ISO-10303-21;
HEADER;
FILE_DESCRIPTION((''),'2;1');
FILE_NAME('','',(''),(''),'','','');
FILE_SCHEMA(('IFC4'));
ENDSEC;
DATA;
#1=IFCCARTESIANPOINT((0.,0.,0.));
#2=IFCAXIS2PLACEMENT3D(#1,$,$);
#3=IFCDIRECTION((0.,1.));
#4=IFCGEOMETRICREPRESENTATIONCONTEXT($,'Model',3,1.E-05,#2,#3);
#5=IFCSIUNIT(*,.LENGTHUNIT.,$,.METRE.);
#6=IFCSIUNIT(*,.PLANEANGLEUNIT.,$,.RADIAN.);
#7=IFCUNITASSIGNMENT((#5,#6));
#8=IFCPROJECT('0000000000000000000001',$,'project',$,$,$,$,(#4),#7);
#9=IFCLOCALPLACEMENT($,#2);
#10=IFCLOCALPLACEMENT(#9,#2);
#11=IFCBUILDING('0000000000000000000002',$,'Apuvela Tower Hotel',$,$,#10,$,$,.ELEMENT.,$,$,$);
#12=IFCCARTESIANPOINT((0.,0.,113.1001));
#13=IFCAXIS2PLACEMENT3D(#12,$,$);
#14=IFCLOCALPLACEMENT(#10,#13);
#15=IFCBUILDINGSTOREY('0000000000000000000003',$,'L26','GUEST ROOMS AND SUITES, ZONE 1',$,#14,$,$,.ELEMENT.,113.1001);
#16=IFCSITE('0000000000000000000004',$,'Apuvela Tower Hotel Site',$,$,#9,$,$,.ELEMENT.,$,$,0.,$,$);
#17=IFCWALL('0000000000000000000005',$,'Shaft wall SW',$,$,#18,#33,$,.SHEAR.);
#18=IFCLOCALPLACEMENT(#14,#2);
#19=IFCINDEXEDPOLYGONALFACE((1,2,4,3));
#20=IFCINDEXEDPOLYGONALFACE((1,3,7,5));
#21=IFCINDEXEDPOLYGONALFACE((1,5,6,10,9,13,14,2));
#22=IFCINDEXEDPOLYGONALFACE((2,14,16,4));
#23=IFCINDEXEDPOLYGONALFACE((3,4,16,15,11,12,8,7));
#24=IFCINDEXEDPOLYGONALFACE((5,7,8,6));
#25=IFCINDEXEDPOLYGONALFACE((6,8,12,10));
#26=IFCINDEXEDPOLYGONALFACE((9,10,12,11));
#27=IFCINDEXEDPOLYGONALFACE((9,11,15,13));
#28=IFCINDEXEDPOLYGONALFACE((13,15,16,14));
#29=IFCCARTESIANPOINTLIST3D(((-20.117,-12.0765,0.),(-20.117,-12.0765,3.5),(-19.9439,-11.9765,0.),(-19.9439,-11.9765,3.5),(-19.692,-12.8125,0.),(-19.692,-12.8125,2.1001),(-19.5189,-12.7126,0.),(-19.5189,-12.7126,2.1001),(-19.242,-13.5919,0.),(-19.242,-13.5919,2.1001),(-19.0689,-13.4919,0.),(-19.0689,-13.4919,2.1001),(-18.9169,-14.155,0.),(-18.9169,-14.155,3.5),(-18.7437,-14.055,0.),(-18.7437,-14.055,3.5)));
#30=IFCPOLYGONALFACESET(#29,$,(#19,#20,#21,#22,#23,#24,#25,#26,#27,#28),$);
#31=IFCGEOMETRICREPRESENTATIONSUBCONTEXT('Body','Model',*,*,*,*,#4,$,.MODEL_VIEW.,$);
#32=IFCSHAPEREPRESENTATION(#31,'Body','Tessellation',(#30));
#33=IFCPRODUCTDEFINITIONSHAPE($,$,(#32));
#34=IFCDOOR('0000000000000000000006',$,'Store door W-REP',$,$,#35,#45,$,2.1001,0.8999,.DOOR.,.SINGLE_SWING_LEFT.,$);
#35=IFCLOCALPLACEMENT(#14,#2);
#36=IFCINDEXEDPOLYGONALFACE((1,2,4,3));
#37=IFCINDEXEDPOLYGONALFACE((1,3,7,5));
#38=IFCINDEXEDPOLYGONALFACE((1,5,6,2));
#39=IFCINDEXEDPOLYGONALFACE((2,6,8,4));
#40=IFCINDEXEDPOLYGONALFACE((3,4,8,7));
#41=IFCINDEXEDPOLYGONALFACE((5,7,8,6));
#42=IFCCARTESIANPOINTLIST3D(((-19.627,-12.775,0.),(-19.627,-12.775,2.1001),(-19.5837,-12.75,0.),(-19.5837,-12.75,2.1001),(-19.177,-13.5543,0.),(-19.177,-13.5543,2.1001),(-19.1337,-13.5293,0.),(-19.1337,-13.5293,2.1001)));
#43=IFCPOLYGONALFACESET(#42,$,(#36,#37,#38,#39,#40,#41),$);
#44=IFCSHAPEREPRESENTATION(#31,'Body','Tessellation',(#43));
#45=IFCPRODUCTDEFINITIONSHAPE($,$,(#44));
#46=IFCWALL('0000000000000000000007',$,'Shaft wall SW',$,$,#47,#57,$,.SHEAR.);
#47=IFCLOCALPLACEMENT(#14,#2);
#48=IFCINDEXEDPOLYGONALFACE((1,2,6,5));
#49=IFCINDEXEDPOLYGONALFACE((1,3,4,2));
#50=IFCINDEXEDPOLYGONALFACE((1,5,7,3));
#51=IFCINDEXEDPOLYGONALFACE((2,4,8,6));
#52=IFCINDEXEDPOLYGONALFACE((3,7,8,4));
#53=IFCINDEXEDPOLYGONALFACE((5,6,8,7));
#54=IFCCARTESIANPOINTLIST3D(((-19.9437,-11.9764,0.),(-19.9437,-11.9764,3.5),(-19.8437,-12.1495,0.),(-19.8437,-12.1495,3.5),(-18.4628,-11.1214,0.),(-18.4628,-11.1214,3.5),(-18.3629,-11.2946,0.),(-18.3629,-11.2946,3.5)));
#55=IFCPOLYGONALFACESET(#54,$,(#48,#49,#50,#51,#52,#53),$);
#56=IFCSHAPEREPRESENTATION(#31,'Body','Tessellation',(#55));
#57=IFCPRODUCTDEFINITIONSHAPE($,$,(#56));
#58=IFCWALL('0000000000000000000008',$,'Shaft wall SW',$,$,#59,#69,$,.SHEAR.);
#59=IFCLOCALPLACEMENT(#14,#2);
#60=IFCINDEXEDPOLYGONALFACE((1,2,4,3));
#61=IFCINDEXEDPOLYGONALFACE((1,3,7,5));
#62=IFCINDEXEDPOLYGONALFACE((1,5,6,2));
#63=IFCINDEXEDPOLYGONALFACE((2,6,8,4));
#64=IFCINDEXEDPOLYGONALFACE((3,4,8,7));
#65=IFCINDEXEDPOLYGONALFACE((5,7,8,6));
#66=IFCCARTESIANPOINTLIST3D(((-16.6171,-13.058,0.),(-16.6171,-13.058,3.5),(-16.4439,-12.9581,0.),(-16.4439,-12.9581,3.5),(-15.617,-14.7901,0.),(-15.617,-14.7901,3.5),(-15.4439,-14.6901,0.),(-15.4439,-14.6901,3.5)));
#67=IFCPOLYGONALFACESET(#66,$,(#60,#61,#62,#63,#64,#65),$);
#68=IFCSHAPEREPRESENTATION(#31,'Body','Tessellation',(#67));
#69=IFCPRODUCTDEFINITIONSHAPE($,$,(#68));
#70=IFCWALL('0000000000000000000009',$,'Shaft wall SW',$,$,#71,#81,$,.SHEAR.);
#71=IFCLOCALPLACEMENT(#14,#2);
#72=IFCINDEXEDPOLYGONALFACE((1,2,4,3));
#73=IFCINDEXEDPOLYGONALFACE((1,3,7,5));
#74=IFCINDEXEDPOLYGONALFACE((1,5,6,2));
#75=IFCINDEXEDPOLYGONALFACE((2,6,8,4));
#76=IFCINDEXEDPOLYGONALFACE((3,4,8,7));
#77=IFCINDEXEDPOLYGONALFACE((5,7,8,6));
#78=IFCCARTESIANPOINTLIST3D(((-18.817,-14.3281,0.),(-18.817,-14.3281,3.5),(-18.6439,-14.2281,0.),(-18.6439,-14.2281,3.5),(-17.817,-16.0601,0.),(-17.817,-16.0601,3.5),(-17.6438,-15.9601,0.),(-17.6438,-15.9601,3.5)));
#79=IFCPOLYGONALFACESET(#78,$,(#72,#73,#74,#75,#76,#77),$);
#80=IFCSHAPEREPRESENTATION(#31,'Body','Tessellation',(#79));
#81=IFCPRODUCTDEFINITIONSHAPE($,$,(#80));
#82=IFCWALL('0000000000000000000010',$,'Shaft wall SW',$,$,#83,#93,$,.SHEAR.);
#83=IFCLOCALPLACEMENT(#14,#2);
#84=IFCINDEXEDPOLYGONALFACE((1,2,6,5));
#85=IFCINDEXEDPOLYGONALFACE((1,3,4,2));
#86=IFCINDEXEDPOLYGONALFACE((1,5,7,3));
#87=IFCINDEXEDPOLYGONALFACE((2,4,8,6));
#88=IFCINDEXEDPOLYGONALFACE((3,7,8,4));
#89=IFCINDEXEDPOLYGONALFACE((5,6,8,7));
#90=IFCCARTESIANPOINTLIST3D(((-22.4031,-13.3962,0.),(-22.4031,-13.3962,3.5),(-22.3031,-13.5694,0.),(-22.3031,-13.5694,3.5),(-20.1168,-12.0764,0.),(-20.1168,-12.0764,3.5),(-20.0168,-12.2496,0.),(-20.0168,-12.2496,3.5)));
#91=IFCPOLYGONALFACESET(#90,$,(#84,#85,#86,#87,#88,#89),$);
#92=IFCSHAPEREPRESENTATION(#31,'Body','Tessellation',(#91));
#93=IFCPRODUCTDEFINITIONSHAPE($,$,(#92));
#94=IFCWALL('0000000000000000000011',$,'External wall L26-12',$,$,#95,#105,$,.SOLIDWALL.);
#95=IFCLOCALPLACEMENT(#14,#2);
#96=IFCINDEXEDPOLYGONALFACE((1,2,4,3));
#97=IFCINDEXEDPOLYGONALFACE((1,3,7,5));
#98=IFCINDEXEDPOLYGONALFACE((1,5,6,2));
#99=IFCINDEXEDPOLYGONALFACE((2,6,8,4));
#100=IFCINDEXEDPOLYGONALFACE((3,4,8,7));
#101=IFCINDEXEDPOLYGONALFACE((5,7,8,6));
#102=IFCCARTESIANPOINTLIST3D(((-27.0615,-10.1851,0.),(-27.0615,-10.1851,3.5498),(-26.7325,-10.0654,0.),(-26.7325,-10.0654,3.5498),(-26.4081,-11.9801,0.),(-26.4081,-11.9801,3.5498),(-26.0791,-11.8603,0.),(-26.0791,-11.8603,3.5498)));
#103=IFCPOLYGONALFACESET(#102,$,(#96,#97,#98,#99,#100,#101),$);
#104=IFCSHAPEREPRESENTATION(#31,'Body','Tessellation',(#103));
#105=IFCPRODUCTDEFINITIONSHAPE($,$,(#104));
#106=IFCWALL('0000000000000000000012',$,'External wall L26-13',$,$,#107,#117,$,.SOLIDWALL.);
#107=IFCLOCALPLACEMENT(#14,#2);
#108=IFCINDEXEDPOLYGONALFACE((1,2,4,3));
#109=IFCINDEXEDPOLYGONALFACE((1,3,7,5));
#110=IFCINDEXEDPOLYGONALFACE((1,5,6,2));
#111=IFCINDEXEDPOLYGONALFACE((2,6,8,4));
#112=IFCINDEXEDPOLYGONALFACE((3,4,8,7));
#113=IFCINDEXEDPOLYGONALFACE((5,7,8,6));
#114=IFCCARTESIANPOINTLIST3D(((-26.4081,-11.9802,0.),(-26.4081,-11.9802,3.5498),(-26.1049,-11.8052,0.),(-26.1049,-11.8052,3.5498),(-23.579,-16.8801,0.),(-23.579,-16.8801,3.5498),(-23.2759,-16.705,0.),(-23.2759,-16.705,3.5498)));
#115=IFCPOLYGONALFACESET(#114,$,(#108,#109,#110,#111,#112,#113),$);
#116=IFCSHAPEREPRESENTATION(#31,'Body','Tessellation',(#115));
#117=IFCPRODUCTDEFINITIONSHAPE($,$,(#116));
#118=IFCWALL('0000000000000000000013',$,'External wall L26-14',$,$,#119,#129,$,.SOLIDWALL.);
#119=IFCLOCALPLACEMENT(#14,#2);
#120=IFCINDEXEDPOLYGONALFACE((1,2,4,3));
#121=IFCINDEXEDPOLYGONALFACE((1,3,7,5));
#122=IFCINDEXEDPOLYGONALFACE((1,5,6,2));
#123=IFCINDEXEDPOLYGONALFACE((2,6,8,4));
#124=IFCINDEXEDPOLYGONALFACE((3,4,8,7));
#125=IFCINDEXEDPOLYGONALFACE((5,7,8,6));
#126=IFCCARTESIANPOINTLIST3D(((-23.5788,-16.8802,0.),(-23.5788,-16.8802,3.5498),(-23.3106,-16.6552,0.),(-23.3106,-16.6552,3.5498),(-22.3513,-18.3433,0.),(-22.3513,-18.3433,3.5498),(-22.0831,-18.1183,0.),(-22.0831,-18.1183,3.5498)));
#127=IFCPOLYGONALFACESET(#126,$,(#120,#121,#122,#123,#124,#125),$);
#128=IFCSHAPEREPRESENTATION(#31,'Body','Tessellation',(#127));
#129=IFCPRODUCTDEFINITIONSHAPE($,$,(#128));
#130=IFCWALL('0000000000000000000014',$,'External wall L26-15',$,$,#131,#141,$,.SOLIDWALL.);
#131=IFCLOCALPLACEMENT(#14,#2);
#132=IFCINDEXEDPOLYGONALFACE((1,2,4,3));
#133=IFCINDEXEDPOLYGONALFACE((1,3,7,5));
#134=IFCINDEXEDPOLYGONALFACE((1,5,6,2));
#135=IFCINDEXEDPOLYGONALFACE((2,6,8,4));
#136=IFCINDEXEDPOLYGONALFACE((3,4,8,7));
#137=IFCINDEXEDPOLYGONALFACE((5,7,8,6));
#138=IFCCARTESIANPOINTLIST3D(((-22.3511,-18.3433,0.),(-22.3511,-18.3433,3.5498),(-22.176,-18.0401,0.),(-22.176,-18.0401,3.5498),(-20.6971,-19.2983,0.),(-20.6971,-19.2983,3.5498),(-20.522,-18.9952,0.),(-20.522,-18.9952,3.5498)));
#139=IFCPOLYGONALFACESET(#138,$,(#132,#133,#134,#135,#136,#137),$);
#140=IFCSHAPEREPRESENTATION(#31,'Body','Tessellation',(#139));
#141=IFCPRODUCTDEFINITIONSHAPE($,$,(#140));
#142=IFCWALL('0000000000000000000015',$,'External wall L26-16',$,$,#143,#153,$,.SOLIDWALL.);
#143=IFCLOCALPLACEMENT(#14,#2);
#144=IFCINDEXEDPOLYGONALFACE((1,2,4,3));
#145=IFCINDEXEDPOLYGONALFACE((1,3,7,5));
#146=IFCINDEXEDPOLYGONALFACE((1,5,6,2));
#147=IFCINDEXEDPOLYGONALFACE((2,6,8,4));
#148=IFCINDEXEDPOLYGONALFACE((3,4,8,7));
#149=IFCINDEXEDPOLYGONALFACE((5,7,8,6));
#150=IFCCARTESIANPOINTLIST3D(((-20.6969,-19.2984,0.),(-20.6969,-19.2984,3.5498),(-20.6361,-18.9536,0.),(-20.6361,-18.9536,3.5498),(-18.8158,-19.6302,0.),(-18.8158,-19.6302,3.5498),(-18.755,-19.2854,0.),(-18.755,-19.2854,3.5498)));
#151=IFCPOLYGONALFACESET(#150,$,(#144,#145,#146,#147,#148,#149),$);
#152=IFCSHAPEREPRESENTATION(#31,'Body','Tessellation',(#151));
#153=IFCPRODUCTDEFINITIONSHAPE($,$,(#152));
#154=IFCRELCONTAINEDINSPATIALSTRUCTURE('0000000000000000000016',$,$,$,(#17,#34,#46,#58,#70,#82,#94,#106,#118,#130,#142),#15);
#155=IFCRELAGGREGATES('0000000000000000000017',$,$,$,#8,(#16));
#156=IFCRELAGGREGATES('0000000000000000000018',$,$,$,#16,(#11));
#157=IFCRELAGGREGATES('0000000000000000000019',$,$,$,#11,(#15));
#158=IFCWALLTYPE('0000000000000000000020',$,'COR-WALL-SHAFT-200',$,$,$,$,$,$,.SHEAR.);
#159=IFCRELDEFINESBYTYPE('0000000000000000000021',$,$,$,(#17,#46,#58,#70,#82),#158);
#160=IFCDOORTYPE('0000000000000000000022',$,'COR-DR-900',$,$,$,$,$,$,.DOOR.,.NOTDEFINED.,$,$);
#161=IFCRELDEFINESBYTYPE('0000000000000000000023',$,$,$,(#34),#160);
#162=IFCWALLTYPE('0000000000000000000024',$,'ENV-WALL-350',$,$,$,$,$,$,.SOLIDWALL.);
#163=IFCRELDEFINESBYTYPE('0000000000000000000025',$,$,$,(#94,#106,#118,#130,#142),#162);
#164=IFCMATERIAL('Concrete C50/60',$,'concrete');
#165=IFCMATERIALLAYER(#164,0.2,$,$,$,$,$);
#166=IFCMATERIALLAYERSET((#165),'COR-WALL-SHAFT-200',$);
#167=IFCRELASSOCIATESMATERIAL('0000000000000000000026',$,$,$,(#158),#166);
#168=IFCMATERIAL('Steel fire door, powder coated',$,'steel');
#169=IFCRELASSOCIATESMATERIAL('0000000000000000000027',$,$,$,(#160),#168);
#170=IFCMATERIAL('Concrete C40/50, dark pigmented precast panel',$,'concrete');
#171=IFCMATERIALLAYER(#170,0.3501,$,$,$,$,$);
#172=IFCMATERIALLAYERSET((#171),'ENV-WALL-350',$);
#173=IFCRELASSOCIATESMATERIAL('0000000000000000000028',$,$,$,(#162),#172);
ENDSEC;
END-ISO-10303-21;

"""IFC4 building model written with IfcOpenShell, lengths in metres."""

from ifc_helpers import new_model, si_unit, direction, frame, frame_2d, origin, place, context, subcontext, project, spatial, rectangle, extrude, material, layer, layer_set, type_object, element, fill, save


model = new_model("IFC4")

# Units and contexts
model_context = context("Model", 3, precision=1e-05, world=origin(), true_north=direction((0.0, 1.0)))
body_context = subcontext(model_context, "Body", "Model", "MODEL_VIEW")
ifc_project = project(units=[si_unit("LENGTHUNIT", "METRE"), si_unit("PLANEANGLEUNIT", "RADIAN")], contexts=[model_context])

# Site, building, storey
site_placement = place(None, origin())
site = spatial("IfcSite", under=ifc_project, at=site_placement, Name="Apuvela Tower Hotel Site", CompositionType="ELEMENT", RefElevation=0.0)
building_placement = place(site_placement, origin())
building = spatial("IfcBuilding", under=site, at=building_placement, Name="Apuvela Tower Hotel", CompositionType="ELEMENT")
storey_placement = place(building_placement, frame((0.0, 0.0, 113.1001)))
storey = spatial("IfcBuildingStorey", under=building, at=storey_placement, Name="L26", Description="GUEST ROOMS AND SUITES, ZONE 1", CompositionType="ELEMENT", Elevation=113.1001)

# Wall, opening, door
ifc_material_1 = material(Name="Concrete C50/60", Category="concrete")
ifc_layer_1 = layer(ifc_material_1, 0.2)
ifc_layer_set_1 = layer_set([ifc_layer_1], Name="COR-WALL-SHAFT-200")
wall_type_1 = type_object("IfcWallType", Name="COR-WALL-SHAFT-200", PredefinedType="SHEAR", material=ifc_layer_set_1)
wall_1_placement = place(storey_placement, frame((-20.0305, -12.0264, 0.0), z_axis=(0.0, 0.0, 1.0), x_axis=(0.500034, -0.866006, 0.0)))
wall_1 = element("IfcWall", 1, at=wall_1_placement, inside=storey, type_object=wall_type_1, Name="Shaft wall SW", PredefinedType="SHEAR", context=body_context, shape_type="SweptSolid", body=[
    extrude(rectangle(XDim=2.4001, YDim=0.2, at=frame_2d((1.2002, 0.0))), origin(), (0.0, 0.0, 1.0), 3.5),
])
opening_1_placement = place(wall_1_placement, frame((0.8501, 0.0, 0.0)))
opening_1 = element("IfcOpeningElement", 2, at=opening_1_placement, cuts=wall_1, PredefinedType="OPENING", context=body_context, shape_type="SweptSolid", body=[
    extrude(rectangle(XDim=0.8999, YDim=2.1001, at=frame_2d((0.45, 1.05))), frame((0.0, 0.1099, 0.0), z_axis=(0.0, -1.0, 0.0), x_axis=(1.0, 0.0, 0.0)), (0.0, 0.0, 1.0), 0.22),
])
ifc_material_2 = material(Name="Steel fire door, powder coated", Category="steel")
door_type_1 = type_object("IfcDoorType", Name="COR-DR-900", OperationType="NOTDEFINED", PredefinedType="DOOR", material=ifc_material_2)
door_1_placement = place(opening_1_placement, frame((0.8999, 0.0, 0.0), z_axis=(0.0, 0.0, 1.0), x_axis=(-1.0, 0.0, 0.0)))
door_1 = element("IfcDoor", 3, at=door_1_placement, inside=storey, type_object=door_type_1, Name="Store door W-REP", OperationType="SINGLE_SWING_LEFT", OverallHeight=2.1001, OverallWidth=0.8999, PredefinedType="DOOR", context=body_context, shape_type="SweptSolid", body=[
    extrude(rectangle(XDim=0.8999, YDim=2.1001, at=frame_2d((0.45, 1.05))), frame((0.0, 0.0249, 0.0), z_axis=(0.0, -1.0, 0.0), x_axis=(1.0, 0.0, 0.0)), (0.0, 0.0, 1.0), 0.05),
])
fill(opening_1, door_1)

# Walls
wall_2_placement = place(storey_placement, frame((-18.4128, -11.208, 0.0), z_axis=(0.0, 0.0, 1.0), x_axis=(-0.866038, -0.499978, 0.0)))
element("IfcWall", 4, at=wall_2_placement, inside=storey, type_object=wall_type_1, Name="Shaft wall SW", PredefinedType="SHEAR", context=body_context, shape_type="SweptSolid", body=[
    extrude(rectangle(XDim=1.71, YDim=0.2, at=frame_2d((0.855, 0.0))), origin(), (0.0, 0.0, 1.0), 3.5),
])
for number, where, z_axis, x_axis, name in (
    (5, (-16.5305, -13.0081, 0.0), (0.0, 0.0, 1.0), (0.500025, -0.866011, 0.0), "Shaft wall SW"),
    (6, (-18.7305, -14.2781, 0.0), (0.0, 0.0, 1.0), (0.500025, -0.866011, 0.0), "Shaft wall SW"),
):
    element("IfcWall", number, at=place(storey_placement, frame(where, z_axis=z_axis, x_axis=x_axis)), inside=storey, type_object=wall_type_1, Name=name, PredefinedType="SHEAR", context=body_context, shape_type="SweptSolid", body=[
        extrude(rectangle(XDim=2.0, YDim=0.2, at=frame_2d((1.0, 0.0))), origin(), (0.0, 0.0, 1.0), 3.5),
    ])
wall_3_placement = place(storey_placement, frame((-20.0669, -12.1631, 0.0), z_axis=(0.0, 0.0, 1.0), x_axis=(-0.866061, -0.499939, 0.0)))
element("IfcWall", 7, at=wall_3_placement, inside=storey, type_object=wall_type_1, Name="Shaft wall SW", PredefinedType="SHEAR", context=body_context, shape_type="SweptSolid", body=[
    extrude(rectangle(XDim=2.6399, YDim=0.2, at=frame_2d((1.3198, 0.0))), origin(), (0.0, 0.0, 1.0), 3.5),
])
ifc_material_3 = material(Name="Concrete C40/50, dark pigmented precast panel", Category="concrete")
ifc_layer_2 = layer(ifc_material_3, 0.3501)
ifc_layer_set_2 = layer_set([ifc_layer_2], Name="ENV-WALL-350")
wall_type_2 = type_object("IfcWallType", Name="ENV-WALL-350", PredefinedType="SOLIDWALL", material=ifc_layer_set_2)
wall_4_placement = place(storey_placement, frame((-26.897, -10.1252, 0.0), z_axis=(0.0, 0.0, 1.0), x_axis=(0.34203, -0.939689, 0.0)))
element("IfcWall", 8, at=wall_4_placement, inside=storey, type_object=wall_type_2, Name="External wall L26-12", PredefinedType="SOLIDWALL", context=body_context, shape_type="SweptSolid", body=[
    extrude(rectangle(XDim=1.9102, YDim=0.3501, at=frame_2d((0.9551, 0.0))), origin(), (0.0, 0.0, 1.0), 3.5498),
])
wall_5_placement = place(storey_placement, frame((-26.2566, -11.8926, 0.0), z_axis=(0.0, 0.0, 1.0), x_axis=(0.500019, -0.866015, 0.0)))
element("IfcWall", 9, at=wall_5_placement, inside=storey, type_object=wall_type_2, Name="External wall L26-13", PredefinedType="SOLIDWALL", context=body_context, shape_type="SweptSolid", body=[
    extrude(rectangle(XDim=5.658, YDim=0.3501, at=frame_2d((2.8291, 0.0))), origin(), (0.0, 0.0, 1.0), 3.5498),
])
for number, where, z_axis, x_axis, name in (
    (10, (-23.4448, -16.7676, 0.0), (0.0, 0.0, 1.0), (0.642733, -0.76609, 0.0), "External wall L26-14"),
    (11, (-22.2637, -18.1917, 0.0), (0.0, 0.0, 1.0), (0.866, -0.500043, 0.0), "External wall L26-15"),
):
    element("IfcWall", number, at=place(storey_placement, frame(where, z_axis=z_axis, x_axis=x_axis)), inside=storey, type_object=wall_type_2, Name=name, PredefinedType="SOLIDWALL", context=body_context, shape_type="SweptSolid", body=[
        extrude(rectangle(XDim=1.9099, YDim=0.3501, at=frame_2d((0.9551, 0.0))), origin(), (0.0, 0.0, 1.0), 3.5498),
    ])
wall_6_placement = place(storey_placement, frame((-20.6665, -19.126, 0.0), z_axis=(0.0, 0.0, 1.0), x_axis=(0.984799, -0.173698, 0.0)))
element("IfcWall", 12, at=wall_6_placement, inside=storey, type_object=wall_type_2, Name="External wall L26-16", PredefinedType="SOLIDWALL", context=body_context, shape_type="SweptSolid", body=[
    extrude(rectangle(XDim=1.9102, YDim=0.3501, at=frame_2d((0.9551, 0.0))), origin(), (0.0, 0.0, 1.0), 3.5498),
])

save(model, "model.ifc")
